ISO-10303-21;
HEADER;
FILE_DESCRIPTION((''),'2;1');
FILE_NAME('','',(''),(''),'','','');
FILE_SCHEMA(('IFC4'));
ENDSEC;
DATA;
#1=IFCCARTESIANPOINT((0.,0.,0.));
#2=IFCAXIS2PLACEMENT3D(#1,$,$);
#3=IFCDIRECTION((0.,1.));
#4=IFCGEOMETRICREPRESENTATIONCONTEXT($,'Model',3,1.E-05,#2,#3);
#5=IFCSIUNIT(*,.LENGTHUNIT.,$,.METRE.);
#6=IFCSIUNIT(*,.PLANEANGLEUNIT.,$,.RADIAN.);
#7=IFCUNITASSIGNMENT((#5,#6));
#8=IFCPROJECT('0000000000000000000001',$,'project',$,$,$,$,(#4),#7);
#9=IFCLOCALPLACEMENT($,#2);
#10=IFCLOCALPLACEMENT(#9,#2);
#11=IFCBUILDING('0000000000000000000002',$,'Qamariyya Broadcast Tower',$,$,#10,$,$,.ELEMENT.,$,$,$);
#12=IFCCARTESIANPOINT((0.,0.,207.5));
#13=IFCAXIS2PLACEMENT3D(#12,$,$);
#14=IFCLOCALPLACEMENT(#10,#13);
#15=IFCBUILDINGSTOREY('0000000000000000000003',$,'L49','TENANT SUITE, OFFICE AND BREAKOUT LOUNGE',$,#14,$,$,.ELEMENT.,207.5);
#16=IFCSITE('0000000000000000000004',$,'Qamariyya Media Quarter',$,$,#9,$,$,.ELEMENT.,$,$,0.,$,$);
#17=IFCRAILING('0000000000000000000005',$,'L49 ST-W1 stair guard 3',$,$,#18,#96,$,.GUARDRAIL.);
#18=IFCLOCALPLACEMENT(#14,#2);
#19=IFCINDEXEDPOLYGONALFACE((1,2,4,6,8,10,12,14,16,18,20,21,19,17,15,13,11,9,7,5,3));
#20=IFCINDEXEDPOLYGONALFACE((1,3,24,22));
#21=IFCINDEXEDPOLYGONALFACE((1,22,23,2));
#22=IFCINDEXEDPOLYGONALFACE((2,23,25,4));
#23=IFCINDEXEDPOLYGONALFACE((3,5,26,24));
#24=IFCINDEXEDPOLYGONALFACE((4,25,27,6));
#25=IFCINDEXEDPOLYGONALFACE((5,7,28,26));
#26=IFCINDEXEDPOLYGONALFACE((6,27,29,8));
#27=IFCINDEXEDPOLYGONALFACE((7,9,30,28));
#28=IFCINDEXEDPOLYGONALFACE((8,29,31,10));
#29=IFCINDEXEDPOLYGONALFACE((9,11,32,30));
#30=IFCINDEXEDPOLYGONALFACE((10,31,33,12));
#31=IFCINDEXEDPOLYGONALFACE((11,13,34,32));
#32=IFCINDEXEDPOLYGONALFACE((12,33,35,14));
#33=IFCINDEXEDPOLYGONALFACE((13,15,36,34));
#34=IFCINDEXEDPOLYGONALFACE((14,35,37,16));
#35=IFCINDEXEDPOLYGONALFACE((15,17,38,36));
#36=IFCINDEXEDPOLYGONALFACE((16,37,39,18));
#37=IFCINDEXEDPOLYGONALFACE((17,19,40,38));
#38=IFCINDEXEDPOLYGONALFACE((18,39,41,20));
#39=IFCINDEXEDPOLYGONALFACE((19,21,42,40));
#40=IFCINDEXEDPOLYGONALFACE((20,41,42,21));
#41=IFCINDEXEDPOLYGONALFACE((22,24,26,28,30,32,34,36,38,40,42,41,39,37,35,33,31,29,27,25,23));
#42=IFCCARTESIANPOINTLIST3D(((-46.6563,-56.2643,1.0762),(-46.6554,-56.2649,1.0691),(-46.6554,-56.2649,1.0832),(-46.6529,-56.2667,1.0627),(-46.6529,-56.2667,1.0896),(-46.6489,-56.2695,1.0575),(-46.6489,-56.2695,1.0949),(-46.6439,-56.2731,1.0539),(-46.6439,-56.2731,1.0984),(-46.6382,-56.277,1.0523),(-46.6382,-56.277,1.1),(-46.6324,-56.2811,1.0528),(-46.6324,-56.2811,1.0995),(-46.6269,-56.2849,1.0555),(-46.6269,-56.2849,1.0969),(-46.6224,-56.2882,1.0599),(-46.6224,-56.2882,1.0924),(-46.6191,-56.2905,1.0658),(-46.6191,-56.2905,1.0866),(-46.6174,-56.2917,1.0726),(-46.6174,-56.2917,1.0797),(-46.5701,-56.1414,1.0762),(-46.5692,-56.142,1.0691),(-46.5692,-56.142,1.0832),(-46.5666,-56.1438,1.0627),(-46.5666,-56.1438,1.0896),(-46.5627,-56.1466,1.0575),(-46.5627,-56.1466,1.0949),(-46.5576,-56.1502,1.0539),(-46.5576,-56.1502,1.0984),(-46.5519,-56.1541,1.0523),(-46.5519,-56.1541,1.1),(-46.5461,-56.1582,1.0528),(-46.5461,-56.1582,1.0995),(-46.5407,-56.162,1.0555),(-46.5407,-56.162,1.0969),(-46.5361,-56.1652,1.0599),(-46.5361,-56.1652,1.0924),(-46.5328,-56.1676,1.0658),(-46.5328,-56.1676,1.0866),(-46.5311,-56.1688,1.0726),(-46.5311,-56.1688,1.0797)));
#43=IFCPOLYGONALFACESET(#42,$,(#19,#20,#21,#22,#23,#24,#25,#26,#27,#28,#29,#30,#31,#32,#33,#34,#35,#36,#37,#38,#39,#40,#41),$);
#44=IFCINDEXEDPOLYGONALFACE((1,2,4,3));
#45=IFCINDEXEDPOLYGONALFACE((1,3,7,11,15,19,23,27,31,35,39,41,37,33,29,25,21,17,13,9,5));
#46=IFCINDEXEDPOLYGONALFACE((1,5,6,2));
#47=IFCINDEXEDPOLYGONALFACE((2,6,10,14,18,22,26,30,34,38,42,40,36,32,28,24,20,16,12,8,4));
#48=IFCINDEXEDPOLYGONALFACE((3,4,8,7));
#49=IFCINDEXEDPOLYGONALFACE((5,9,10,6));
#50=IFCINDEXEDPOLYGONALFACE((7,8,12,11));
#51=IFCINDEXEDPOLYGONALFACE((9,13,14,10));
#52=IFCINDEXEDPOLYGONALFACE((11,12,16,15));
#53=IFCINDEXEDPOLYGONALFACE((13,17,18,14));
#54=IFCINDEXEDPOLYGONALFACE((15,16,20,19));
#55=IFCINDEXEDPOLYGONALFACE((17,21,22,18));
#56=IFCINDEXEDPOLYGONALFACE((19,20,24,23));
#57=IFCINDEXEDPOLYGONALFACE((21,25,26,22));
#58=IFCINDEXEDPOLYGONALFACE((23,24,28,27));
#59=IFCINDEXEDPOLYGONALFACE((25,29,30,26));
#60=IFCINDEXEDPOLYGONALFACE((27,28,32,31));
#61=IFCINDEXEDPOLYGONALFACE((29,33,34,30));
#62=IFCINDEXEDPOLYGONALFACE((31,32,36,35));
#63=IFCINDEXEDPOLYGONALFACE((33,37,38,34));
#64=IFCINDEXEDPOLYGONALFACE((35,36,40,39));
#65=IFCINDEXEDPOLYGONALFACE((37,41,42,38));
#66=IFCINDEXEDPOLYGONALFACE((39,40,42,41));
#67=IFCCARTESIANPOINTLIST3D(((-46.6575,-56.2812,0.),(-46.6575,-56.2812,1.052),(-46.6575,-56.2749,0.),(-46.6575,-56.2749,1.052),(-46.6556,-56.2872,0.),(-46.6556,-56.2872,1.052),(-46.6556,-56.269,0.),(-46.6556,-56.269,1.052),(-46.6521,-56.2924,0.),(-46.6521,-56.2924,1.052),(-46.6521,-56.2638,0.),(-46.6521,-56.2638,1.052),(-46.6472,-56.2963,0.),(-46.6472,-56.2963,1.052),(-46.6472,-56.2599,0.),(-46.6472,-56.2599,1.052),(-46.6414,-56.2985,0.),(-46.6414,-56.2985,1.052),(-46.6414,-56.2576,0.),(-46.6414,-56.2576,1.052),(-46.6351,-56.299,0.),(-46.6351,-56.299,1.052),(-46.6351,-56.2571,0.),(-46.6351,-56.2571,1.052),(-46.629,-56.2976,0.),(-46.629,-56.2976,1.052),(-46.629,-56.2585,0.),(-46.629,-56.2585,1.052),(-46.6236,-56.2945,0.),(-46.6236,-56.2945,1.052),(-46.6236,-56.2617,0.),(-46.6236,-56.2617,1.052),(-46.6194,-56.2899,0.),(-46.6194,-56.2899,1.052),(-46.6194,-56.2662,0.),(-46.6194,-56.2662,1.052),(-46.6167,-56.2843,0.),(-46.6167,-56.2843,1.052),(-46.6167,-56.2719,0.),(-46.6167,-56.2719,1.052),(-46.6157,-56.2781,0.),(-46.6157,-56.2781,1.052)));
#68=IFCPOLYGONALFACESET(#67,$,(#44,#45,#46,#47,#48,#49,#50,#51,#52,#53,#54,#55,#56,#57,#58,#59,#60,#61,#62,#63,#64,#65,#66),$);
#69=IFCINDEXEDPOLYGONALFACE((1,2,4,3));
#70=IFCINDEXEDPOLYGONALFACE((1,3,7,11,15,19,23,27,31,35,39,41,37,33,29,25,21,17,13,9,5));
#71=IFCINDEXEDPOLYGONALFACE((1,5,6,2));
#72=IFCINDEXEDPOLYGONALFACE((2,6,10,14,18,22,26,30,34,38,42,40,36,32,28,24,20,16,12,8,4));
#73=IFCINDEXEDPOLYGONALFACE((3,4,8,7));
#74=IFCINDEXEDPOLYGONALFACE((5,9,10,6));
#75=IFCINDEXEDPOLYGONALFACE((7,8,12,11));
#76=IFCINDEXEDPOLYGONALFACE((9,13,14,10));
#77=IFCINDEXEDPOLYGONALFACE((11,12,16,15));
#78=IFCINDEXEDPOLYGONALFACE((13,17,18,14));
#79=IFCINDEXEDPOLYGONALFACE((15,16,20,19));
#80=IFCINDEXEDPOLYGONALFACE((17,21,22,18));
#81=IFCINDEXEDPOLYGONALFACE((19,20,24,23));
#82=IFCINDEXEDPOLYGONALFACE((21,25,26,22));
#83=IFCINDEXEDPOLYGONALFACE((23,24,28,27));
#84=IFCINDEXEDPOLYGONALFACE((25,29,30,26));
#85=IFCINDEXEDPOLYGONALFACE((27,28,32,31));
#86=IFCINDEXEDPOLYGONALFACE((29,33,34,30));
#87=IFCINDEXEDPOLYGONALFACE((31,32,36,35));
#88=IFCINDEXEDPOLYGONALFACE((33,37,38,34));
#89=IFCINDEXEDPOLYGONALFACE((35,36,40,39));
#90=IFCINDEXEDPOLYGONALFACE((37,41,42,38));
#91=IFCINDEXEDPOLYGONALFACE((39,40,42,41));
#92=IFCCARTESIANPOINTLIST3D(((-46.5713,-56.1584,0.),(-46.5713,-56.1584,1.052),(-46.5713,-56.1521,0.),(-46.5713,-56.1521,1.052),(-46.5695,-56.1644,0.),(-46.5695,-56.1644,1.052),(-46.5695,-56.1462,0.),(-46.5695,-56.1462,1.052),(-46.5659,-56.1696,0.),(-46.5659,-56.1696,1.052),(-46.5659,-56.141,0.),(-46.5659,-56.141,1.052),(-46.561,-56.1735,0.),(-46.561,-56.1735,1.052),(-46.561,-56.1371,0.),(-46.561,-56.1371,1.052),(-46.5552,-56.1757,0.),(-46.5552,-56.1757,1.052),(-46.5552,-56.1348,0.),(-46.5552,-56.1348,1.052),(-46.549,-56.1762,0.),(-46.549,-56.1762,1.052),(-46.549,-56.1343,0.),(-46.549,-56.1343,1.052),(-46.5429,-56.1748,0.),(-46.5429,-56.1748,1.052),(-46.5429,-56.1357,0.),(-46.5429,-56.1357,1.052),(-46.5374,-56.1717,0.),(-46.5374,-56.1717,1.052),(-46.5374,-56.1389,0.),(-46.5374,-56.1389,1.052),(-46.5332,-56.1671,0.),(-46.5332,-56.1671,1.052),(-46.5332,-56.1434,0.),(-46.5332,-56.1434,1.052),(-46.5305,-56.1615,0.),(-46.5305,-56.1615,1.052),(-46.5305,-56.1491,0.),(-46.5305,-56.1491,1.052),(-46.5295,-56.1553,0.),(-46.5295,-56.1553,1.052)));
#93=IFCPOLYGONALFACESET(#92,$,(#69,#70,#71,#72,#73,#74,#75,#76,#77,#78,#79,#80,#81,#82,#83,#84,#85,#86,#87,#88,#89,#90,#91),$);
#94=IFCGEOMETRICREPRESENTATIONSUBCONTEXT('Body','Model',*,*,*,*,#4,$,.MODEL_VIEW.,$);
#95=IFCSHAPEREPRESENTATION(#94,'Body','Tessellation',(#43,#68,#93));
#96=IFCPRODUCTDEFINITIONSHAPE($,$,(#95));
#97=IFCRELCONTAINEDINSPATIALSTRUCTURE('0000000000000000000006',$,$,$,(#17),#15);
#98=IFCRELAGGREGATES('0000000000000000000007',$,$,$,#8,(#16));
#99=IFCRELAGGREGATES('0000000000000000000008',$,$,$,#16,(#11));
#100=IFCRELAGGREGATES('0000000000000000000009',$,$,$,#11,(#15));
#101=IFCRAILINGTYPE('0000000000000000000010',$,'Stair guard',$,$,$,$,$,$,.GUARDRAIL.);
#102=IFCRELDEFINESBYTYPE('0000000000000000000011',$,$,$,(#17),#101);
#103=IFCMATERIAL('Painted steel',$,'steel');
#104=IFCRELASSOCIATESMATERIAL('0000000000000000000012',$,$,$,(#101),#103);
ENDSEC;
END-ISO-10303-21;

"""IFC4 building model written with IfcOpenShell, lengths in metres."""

from ifc_helpers import new_model, si_unit, direction, frame, origin, origin_2d, place, context, subcontext, project, spatial, circle, extrude, material, type_object, element, save


model = new_model("IFC4")

# Units and contexts
model_context = context("Model", 3, precision=1e-05, world=origin(), true_north=direction((0.0, 1.0)))
body_context = subcontext(model_context, "Body", "Model", "MODEL_VIEW")
ifc_project = project(units=[si_unit("LENGTHUNIT", "METRE"), si_unit("PLANEANGLEUNIT", "RADIAN")], contexts=[model_context])

# Site, building, storey
site_placement = place(None, origin())
site = spatial("IfcSite", under=ifc_project, at=site_placement, Name="Qamariyya Media Quarter", CompositionType="ELEMENT", RefElevation=0.0)
building_placement = place(site_placement, origin())
building = spatial("IfcBuilding", under=site, at=building_placement, Name="Qamariyya Broadcast Tower", CompositionType="ELEMENT")
storey_placement = place(building_placement, frame((0.0, 0.0, 207.5)))
storey = spatial("IfcBuildingStorey", under=building, at=storey_placement, Name="L49", Description="TENANT SUITE, OFFICE AND BREAKOUT LOUNGE", CompositionType="ELEMENT", Elevation=207.5)

# Railing
ifc_material_1 = material(Name="Painted steel", Category="steel")
railing_type_1 = type_object("IfcRailingType", Name="Stair guard", PredefinedType="GUARDRAIL", material=ifc_material_1)
railing_1_placement = place(storey_placement, frame((-46.6367, -56.2781, 0.0)))
element("IfcRailing", 1, at=railing_1_placement, inside=storey, type_object=railing_type_1, Name="L49 ST-W1 stair guard 3", PredefinedType="GUARDRAIL", context=body_context, shape_type="SweptSolid", body=[
    extrude(circle(Radius=0.0239, at=origin_2d()), frame((0.0, 0.0, 1.0762), z_axis=(0.574445, 0.818543, 0.0), x_axis=(-0.818543, 0.574445, 0.0)), (0.0, 0.0, 1.0), 0.1501),
    extrude(circle(Radius=0.021, at=origin_2d()), origin(), (0.0, 0.0, 1.0), 1.052),
    extrude(circle(Radius=0.021, at=origin_2d()), frame((0.0862, 0.1228, 0.0)), (0.0, 0.0, 1.0), 1.052),
])

save(model, "model.ifc")
